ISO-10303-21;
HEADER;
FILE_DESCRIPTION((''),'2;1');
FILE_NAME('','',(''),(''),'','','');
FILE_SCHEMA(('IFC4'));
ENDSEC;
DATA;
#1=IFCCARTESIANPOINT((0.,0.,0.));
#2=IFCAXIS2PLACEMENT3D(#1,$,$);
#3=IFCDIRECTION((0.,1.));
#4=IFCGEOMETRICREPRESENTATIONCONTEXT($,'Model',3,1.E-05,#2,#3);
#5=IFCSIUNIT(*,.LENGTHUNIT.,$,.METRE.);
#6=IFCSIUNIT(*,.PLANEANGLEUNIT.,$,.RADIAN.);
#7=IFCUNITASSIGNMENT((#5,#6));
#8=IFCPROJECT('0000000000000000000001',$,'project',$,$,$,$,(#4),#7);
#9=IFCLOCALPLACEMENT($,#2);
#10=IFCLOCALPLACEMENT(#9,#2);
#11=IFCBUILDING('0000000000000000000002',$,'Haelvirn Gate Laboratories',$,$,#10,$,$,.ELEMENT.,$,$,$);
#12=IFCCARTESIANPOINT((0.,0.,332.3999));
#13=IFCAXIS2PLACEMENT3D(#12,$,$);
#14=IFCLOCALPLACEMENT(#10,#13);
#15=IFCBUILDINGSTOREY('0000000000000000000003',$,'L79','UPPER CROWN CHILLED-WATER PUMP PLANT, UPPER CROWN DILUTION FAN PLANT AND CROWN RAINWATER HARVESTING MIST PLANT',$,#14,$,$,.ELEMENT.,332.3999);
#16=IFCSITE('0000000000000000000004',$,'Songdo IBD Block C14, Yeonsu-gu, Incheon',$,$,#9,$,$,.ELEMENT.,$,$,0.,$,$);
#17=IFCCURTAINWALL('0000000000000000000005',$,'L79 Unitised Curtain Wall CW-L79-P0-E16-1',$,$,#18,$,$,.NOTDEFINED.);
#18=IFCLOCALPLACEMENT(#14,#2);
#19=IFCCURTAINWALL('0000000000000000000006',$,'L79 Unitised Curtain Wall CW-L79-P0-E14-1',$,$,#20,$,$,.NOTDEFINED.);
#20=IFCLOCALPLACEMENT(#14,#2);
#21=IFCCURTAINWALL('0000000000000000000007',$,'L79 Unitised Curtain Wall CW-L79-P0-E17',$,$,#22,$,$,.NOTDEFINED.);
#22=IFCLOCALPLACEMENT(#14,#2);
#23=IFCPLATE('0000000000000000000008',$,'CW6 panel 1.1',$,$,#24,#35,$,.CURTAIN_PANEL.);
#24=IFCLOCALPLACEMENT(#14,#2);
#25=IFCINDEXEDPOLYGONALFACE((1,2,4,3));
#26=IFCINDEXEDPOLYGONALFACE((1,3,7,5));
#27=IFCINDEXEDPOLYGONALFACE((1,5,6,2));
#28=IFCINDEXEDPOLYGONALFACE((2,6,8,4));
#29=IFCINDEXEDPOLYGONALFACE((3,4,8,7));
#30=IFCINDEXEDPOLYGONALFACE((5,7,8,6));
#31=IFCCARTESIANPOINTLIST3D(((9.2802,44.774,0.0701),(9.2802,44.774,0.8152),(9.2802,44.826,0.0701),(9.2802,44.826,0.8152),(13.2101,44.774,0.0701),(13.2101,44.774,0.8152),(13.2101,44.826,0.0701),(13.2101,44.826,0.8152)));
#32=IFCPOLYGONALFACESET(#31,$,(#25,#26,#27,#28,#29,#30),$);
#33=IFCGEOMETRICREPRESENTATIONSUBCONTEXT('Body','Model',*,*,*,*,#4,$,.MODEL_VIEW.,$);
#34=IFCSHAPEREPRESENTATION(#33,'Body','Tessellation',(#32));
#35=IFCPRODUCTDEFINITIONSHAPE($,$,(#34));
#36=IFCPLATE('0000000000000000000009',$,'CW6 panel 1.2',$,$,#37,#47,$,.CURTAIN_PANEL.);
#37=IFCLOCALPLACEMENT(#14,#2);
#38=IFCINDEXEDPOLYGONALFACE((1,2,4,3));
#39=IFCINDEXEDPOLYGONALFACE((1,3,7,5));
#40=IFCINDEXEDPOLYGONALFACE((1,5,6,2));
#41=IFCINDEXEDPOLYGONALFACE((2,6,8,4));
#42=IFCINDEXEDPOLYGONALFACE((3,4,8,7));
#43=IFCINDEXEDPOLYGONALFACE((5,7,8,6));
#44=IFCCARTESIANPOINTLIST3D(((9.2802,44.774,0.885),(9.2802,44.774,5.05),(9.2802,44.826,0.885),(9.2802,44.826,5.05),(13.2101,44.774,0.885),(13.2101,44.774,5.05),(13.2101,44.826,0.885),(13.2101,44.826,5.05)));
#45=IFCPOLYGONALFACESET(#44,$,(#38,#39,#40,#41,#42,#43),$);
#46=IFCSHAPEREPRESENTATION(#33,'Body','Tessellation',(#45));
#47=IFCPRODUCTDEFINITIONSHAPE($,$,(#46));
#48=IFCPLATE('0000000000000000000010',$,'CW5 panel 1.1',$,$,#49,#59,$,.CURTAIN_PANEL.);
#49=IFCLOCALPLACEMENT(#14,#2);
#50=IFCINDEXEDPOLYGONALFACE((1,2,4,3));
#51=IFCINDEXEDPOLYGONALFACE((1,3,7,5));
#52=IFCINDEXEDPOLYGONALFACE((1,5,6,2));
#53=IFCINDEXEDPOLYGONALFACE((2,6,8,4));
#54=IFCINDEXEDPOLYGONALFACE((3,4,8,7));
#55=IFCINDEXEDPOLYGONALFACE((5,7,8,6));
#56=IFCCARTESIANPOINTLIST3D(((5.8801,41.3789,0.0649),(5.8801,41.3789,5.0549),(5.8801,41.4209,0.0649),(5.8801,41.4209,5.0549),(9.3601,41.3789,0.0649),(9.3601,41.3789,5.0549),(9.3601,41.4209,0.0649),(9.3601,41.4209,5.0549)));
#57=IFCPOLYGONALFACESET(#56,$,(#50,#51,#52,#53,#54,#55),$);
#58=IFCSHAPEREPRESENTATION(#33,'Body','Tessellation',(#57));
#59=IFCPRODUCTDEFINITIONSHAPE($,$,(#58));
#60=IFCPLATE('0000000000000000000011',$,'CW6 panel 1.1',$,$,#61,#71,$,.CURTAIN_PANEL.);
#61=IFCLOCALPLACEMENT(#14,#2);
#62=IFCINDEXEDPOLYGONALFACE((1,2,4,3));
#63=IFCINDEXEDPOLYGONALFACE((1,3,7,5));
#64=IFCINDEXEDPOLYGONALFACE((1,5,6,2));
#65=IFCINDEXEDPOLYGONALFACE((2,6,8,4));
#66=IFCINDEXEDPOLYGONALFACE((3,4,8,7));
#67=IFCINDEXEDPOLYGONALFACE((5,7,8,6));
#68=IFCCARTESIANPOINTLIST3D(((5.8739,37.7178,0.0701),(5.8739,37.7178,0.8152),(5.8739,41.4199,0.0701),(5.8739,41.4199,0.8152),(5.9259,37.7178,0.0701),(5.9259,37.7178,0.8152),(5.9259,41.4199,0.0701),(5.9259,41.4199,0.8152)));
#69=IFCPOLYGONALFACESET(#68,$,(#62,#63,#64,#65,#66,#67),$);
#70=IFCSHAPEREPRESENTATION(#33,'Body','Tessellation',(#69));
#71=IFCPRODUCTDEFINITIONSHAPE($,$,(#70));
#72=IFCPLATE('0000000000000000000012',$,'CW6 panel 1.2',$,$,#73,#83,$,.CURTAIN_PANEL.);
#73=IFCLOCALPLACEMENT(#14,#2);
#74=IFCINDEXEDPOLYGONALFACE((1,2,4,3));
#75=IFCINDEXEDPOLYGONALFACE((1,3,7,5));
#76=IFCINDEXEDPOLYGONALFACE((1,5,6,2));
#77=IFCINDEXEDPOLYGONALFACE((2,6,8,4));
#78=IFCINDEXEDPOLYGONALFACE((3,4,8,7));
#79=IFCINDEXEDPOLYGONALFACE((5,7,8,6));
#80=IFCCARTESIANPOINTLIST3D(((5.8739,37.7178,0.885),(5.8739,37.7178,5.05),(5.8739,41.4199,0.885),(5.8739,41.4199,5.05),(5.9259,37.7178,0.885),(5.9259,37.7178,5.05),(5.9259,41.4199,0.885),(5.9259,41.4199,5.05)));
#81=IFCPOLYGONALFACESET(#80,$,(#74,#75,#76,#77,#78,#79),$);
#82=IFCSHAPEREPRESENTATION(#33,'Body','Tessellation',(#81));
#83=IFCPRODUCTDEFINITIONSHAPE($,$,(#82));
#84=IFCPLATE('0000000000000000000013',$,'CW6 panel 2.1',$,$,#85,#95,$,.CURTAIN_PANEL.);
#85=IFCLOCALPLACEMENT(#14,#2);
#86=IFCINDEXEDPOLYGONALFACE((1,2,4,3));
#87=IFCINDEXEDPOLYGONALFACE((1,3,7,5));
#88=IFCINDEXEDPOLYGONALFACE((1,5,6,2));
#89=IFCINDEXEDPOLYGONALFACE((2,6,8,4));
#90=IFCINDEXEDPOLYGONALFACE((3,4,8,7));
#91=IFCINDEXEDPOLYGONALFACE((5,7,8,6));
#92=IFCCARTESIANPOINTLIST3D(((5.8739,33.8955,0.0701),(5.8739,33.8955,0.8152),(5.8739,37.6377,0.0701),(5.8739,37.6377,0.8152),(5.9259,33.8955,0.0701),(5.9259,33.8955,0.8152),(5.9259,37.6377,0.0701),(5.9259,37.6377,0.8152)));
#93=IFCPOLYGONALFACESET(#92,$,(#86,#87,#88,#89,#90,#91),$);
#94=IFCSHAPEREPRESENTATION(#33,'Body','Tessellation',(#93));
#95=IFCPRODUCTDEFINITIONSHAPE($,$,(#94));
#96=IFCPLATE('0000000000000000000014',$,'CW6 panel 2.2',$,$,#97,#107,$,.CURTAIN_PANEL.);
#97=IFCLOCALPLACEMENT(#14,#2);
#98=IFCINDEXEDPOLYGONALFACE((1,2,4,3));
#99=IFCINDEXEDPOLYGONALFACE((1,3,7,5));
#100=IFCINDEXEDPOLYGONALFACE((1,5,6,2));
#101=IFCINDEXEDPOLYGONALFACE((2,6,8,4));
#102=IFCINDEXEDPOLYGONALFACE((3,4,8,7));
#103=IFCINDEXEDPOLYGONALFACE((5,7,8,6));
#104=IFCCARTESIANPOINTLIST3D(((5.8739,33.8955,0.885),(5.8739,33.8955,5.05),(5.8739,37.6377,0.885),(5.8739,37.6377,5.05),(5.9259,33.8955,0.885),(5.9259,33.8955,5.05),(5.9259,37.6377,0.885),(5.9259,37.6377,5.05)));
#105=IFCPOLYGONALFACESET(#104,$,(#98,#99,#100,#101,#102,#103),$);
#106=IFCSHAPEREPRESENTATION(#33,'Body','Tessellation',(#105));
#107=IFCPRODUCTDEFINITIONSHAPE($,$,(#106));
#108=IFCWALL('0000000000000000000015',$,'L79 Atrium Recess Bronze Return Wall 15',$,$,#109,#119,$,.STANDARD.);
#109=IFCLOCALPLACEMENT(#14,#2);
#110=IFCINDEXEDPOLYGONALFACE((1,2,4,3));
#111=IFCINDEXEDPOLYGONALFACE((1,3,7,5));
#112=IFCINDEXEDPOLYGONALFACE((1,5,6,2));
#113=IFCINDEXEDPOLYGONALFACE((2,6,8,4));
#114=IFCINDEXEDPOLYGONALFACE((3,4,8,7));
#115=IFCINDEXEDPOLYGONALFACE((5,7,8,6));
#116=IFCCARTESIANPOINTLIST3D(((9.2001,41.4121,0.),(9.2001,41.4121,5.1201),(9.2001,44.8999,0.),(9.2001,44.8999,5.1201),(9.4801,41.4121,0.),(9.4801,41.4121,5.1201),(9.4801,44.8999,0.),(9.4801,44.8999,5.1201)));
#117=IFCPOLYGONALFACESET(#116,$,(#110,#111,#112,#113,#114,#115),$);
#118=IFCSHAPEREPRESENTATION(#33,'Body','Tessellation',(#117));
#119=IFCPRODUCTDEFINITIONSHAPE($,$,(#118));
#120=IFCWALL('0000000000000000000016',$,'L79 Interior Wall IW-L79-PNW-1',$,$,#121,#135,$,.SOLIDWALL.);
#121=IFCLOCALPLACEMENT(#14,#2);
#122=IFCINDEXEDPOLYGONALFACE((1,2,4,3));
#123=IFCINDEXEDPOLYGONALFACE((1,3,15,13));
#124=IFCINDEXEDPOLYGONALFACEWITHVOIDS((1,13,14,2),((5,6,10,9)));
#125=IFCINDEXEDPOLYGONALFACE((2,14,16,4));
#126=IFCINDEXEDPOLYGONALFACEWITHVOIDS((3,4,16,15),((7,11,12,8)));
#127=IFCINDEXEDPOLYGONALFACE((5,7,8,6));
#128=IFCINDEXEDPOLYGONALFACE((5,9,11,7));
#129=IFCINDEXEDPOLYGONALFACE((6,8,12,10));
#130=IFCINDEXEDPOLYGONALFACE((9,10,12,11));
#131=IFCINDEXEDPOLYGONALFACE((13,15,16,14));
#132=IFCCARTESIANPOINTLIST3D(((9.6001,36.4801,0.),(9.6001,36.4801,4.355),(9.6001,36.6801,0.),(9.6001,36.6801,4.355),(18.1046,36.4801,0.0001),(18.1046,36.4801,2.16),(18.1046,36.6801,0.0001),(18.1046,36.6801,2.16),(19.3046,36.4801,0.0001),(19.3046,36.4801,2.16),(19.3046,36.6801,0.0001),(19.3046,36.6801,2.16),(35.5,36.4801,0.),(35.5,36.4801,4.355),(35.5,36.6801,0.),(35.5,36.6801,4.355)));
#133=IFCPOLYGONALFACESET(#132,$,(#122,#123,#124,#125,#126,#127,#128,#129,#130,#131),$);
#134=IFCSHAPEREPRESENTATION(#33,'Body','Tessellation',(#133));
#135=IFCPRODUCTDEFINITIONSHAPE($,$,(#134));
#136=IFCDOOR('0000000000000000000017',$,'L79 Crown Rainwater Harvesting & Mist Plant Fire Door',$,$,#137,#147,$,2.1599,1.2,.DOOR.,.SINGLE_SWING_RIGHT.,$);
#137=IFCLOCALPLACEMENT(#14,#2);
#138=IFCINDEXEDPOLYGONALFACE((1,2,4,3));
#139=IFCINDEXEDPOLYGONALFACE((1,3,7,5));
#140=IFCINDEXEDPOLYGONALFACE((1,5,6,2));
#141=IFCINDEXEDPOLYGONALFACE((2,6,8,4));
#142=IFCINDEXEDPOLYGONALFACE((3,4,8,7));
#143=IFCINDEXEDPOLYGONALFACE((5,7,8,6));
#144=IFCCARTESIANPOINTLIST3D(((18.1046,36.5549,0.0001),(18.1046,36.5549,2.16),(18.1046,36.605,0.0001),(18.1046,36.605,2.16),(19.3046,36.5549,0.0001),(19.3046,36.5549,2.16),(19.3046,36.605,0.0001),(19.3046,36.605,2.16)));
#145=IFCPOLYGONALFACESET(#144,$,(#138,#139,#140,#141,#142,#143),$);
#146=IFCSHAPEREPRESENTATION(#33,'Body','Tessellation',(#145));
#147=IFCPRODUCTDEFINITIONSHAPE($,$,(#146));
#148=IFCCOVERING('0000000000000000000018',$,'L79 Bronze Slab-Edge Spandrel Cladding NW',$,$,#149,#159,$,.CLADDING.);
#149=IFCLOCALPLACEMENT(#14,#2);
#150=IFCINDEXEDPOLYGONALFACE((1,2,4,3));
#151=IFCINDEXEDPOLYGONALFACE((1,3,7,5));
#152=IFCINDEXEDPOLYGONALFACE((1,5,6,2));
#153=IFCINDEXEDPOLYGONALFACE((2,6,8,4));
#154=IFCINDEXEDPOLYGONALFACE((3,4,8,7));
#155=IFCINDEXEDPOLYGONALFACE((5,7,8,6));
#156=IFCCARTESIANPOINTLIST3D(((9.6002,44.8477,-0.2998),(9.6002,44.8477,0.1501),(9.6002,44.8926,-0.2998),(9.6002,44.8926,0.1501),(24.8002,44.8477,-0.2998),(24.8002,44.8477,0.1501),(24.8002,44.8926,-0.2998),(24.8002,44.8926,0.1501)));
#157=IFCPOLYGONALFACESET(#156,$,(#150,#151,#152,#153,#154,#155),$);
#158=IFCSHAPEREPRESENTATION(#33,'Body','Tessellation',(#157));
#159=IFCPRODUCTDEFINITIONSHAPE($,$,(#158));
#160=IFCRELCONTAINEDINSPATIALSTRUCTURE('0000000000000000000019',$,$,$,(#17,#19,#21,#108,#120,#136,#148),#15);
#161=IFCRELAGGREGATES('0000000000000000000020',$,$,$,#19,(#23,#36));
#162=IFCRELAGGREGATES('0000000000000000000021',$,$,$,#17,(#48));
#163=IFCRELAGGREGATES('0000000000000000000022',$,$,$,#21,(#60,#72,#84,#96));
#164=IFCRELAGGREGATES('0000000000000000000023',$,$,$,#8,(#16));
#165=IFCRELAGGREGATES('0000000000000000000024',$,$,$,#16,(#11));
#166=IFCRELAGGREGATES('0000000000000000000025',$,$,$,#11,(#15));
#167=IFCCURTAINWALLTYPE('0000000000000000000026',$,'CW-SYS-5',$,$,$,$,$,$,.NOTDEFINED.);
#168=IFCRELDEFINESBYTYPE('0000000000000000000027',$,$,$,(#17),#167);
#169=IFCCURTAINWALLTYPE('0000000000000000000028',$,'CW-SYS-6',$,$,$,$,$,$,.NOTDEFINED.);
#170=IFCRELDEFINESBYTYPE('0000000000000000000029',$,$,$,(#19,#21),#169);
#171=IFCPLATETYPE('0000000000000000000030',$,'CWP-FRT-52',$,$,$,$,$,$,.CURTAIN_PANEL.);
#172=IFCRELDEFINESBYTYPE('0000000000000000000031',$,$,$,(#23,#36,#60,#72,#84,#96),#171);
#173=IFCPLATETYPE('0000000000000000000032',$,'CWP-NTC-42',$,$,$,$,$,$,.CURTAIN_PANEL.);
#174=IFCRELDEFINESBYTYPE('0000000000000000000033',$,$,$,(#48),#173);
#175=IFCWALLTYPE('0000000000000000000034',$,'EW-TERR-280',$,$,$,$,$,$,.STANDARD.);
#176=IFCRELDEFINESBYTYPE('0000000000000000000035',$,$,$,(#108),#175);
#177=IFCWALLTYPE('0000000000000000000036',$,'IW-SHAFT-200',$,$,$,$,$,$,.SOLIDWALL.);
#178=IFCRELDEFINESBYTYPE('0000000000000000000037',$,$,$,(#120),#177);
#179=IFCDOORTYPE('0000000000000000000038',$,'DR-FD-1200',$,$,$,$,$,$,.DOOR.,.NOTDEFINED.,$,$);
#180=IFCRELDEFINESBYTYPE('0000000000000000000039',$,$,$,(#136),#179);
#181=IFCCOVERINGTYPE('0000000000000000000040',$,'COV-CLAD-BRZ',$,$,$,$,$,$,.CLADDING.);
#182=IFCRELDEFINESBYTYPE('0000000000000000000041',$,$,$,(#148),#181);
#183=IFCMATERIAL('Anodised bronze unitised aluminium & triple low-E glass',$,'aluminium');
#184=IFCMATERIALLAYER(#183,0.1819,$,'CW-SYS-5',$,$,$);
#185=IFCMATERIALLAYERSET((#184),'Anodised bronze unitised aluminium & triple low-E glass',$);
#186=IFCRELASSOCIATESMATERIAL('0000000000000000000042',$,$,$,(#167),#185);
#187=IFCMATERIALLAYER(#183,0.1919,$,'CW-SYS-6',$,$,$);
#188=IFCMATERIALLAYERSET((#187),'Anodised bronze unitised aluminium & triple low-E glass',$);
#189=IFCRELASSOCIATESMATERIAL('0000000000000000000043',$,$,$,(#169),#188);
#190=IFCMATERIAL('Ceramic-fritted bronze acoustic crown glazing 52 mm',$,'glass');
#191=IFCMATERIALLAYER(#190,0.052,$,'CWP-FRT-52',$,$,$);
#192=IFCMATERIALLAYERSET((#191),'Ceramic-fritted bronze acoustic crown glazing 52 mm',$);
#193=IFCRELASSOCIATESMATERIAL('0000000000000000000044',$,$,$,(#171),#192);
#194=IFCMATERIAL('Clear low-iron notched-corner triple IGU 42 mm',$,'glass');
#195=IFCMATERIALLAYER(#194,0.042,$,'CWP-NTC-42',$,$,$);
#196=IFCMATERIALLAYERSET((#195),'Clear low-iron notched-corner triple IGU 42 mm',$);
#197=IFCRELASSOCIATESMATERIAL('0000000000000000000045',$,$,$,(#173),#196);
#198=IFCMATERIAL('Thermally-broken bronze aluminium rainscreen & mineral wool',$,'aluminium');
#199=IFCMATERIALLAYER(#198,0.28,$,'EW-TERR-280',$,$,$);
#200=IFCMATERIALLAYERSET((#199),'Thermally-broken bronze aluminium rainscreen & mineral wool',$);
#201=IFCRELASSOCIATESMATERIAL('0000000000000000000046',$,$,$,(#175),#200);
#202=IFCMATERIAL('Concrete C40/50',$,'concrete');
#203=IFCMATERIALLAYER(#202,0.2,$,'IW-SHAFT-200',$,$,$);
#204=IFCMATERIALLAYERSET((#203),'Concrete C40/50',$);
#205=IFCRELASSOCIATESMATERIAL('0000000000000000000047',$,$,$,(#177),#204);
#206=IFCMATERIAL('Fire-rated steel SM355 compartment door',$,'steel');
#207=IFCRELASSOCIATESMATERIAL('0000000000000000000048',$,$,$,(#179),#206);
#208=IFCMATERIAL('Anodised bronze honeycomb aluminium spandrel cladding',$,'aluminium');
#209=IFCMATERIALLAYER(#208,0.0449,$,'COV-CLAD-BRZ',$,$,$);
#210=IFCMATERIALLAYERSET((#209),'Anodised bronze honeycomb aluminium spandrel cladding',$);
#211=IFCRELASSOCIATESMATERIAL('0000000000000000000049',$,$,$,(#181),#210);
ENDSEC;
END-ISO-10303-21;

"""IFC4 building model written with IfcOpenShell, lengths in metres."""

from ifc_helpers import new_model, si_unit, direction, frame, frame_2d, origin, origin_2d, place, context, subcontext, project, spatial, rectangle, extrude, source, transform, mapped, material, layer, layer_set, type_object, type_shapes, element, fill, aggregate, save


model = new_model("IFC4")

# Units and contexts
model_context = context("Model", 3, precision=1e-05, world=origin(), true_north=direction((0.0, 1.0)))
body_context = subcontext(model_context, "Body", "Model", "MODEL_VIEW")
ifc_project = project(units=[si_unit("LENGTHUNIT", "METRE"), si_unit("PLANEANGLEUNIT", "RADIAN")], contexts=[model_context])

# Site, building, storey
site_placement = place(None, origin())
site = spatial("IfcSite", under=ifc_project, at=site_placement, Name="Songdo IBD Block C14, Yeonsu-gu, Incheon", CompositionType="ELEMENT", RefElevation=0.0)
building_placement = place(site_placement, origin())
building = spatial("IfcBuilding", under=site, at=building_placement, Name="Haelvirn Gate Laboratories", CompositionType="ELEMENT")
storey_placement = place(building_placement, frame((0.0, 0.0, 332.3999)))
storey = spatial("IfcBuildingStorey", under=building, at=storey_placement, Name="L79", Description="UPPER CROWN CHILLED-WATER PUMP PLANT, UPPER CROWN DILUTION FAN PLANT AND CROWN RAINWATER HARVESTING MIST PLANT", CompositionType="ELEMENT", Elevation=332.3999)

# Curtain walls
ifc_material_1 = material(Name="Anodised bronze unitised aluminium & triple low-E glass", Category="aluminium")
ifc_layer_1 = layer(ifc_material_1, 0.1819, Name="CW-SYS-5")
ifc_layer_set_1 = layer_set([ifc_layer_1], Name="Anodised bronze unitised aluminium & triple low-E glass")
curtain_wall_type_1 = type_object("IfcCurtainWallType", Name="CW-SYS-5", PredefinedType="NOTDEFINED", material=ifc_layer_set_1)
curtain_wall_1_placement = place(storey_placement, origin())
curtain_wall_1 = element("IfcCurtainWall", 1, at=curtain_wall_1_placement, inside=storey, type_object=curtain_wall_type_1, Name="L79 Unitised Curtain Wall CW-L79-P0-E16-1", PredefinedType="NOTDEFINED")
ifc_layer_2 = layer(ifc_material_1, 0.1919, Name="CW-SYS-6")
ifc_layer_set_2 = layer_set([ifc_layer_2], Name="Anodised bronze unitised aluminium & triple low-E glass")
curtain_wall_type_2 = type_object("IfcCurtainWallType", Name="CW-SYS-6", PredefinedType="NOTDEFINED", material=ifc_layer_set_2)
curtain_wall_2_placement = place(storey_placement, origin())
curtain_wall_2 = element("IfcCurtainWall", 2, at=curtain_wall_2_placement, inside=storey, type_object=curtain_wall_type_2, Name="L79 Unitised Curtain Wall CW-L79-P0-E14-1", PredefinedType="NOTDEFINED")

# Curtain wall
curtain_wall_3_placement = place(storey_placement, origin())
curtain_wall_3 = element("IfcCurtainWall", 3, at=curtain_wall_3_placement, inside=storey, type_object=curtain_wall_type_2, Name="L79 Unitised Curtain Wall CW-L79-P0-E17", PredefinedType="NOTDEFINED")

# Plates
ifc_material_2 = material(Name="Ceramic-fritted bronze acoustic crown glazing 52 mm", Category="glass")
ifc_layer_3 = layer(ifc_material_2, 0.052, Name="CWP-FRT-52")
ifc_layer_set_3 = layer_set([ifc_layer_3], Name="Ceramic-fritted bronze acoustic crown glazing 52 mm")
plate_type_1 = type_object("IfcPlateType", Name="CWP-FRT-52", PredefinedType="CURTAIN_PANEL", material=ifc_layer_set_3)
shared_shape_1 = source(origin(), body_context, "Body", "SweptSolid", [
    extrude(rectangle(XDim=3.9299, YDim=0.052, at=origin_2d()), origin(), (0.0, 0.0, 1.0), 0.7451),
])
plate_1_placement = place(storey_placement, frame((11.2451, 44.8, 0.0701), z_axis=(0.0, 0.0, 1.0), x_axis=(1.0, 0.0, 0.0)))
plate_1 = element("IfcPlate", 4, at=plate_1_placement, type_object=plate_type_1, Name="CW6 panel 1.1", PredefinedType="CURTAIN_PANEL", context=body_context, shape_type="MappedRepresentation", body=[
    mapped(shared_shape_1, transform((0.0, 0.0, 0.0), scale=1.0)),
])
shared_shape_2 = source(origin(), body_context, "Body", "SweptSolid", [
    extrude(rectangle(XDim=3.9299, YDim=0.052, at=origin_2d()), origin(), (0.0, 0.0, 1.0), 4.165),
])
plate_2_placement = place(storey_placement, frame((11.2451, 44.8, 0.885), z_axis=(0.0, 0.0, 1.0), x_axis=(1.0, 0.0, 0.0)))
plate_2 = element("IfcPlate", 5, at=plate_2_placement, type_object=plate_type_1, Name="CW6 panel 1.2", PredefinedType="CURTAIN_PANEL", context=body_context, shape_type="MappedRepresentation", body=[
    mapped(shared_shape_2, transform((0.0, 0.0, 0.0), scale=1.0)),
])
aggregate(curtain_wall_2, [plate_1, plate_2])
ifc_material_3 = material(Name="Clear low-iron notched-corner triple IGU 42 mm", Category="glass")
ifc_layer_4 = layer(ifc_material_3, 0.042, Name="CWP-NTC-42")
ifc_layer_set_4 = layer_set([ifc_layer_4], Name="Clear low-iron notched-corner triple IGU 42 mm")
plate_type_2 = type_object("IfcPlateType", Name="CWP-NTC-42", PredefinedType="CURTAIN_PANEL", material=ifc_layer_set_4)
shared_shape_3 = source(origin(), body_context, "Body", "SweptSolid", [
    extrude(rectangle(XDim=3.48, YDim=0.042, at=origin_2d()), origin(), (0.0, 0.0, 1.0), 4.99),
])
type_shapes(plate_type_2, [shared_shape_3])
plate_3_placement = place(storey_placement, frame((7.6201, 41.3999, 0.0649), z_axis=(0.0, 0.0, 1.0), x_axis=(1.0, 0.0, 0.0)))
plate_3 = element("IfcPlate", 6, at=plate_3_placement, type_object=plate_type_2, Name="CW5 panel 1.1", PredefinedType="CURTAIN_PANEL", context=body_context, shape_type="MappedRepresentation", body=[
    mapped(shared_shape_3, transform((0.0, 0.0, 0.0), scale=1.0)),
])
aggregate(curtain_wall_1, [plate_3])
shared_shape_4 = source(origin(), body_context, "Body", "SweptSolid", [
    extrude(rectangle(XDim=3.7021, YDim=0.052, at=origin_2d()), origin(), (0.0, 0.0, 1.0), 0.7451),
])
plate_4_placement = place(storey_placement, frame((5.8999, 39.5688, 0.0701), z_axis=(0.0, 0.0, 1.0), x_axis=(0.0, -1.0, 0.0)))
plate_4 = element("IfcPlate", 7, at=plate_4_placement, type_object=plate_type_1, Name="CW6 panel 1.1", PredefinedType="CURTAIN_PANEL", context=body_context, shape_type="MappedRepresentation", body=[
    mapped(shared_shape_4, transform((0.0, 0.0, 0.0), scale=1.0)),
])
shared_shape_5 = source(origin(), body_context, "Body", "SweptSolid", [
    extrude(rectangle(XDim=3.7021, YDim=0.052, at=origin_2d()), origin(), (0.0, 0.0, 1.0), 4.165),
])
plate_5_placement = place(storey_placement, frame((5.8999, 39.5688, 0.885), z_axis=(0.0, 0.0, 1.0), x_axis=(0.0, -1.0, 0.0)))
plate_5 = element("IfcPlate", 8, at=plate_5_placement, type_object=plate_type_1, Name="CW6 panel 1.2", PredefinedType="CURTAIN_PANEL", context=body_context, shape_type="MappedRepresentation", body=[
    mapped(shared_shape_5, transform((0.0, 0.0, 0.0), scale=1.0)),
])
shared_shape_6 = source(origin(), body_context, "Body", "SweptSolid", [
    extrude(rectangle(XDim=3.7422, YDim=0.052, at=origin_2d()), origin(), (0.0, 0.0, 1.0), 0.7451),
])
plate_6_placement = place(storey_placement, frame((5.8999, 35.7666, 0.0701), z_axis=(0.0, 0.0, 1.0), x_axis=(0.0, -1.0, 0.0)))
plate_6 = element("IfcPlate", 9, at=plate_6_placement, type_object=plate_type_1, Name="CW6 panel 2.1", PredefinedType="CURTAIN_PANEL", context=body_context, shape_type="MappedRepresentation", body=[
    mapped(shared_shape_6, transform((0.0, 0.0, 0.0), scale=1.0)),
])
shared_shape_7 = source(origin(), body_context, "Body", "SweptSolid", [
    extrude(rectangle(XDim=3.7422, YDim=0.052, at=origin_2d()), origin(), (0.0, 0.0, 1.0), 4.165),
])
type_shapes(plate_type_1, [shared_shape_1, shared_shape_2, shared_shape_4, shared_shape_5, shared_shape_6, shared_shape_7])
plate_7_placement = place(storey_placement, frame((5.8999, 35.7666, 0.885), z_axis=(0.0, 0.0, 1.0), x_axis=(0.0, -1.0, 0.0)))
plate_7 = element("IfcPlate", 10, at=plate_7_placement, type_object=plate_type_1, Name="CW6 panel 2.2", PredefinedType="CURTAIN_PANEL", context=body_context, shape_type="MappedRepresentation", body=[
    mapped(shared_shape_7, transform((0.0, 0.0, 0.0), scale=1.0)),
])
aggregate(curtain_wall_3, [plate_4, plate_5, plate_6, plate_7])

# Wall
ifc_material_4 = material(Name="Thermally-broken bronze aluminium rainscreen & mineral wool", Category="aluminium")
ifc_layer_5 = layer(ifc_material_4, 0.28, Name="EW-TERR-280")
ifc_layer_set_5 = layer_set([ifc_layer_5], Name="Thermally-broken bronze aluminium rainscreen & mineral wool")
wall_type_1 = type_object("IfcWallType", Name="EW-TERR-280", PredefinedType="STANDARD", material=ifc_layer_set_5)
wall_1_placement = place(storey_placement, frame((9.3401, 44.8999, 0.0), z_axis=(0.0, 0.0, 1.0), x_axis=(0.0, -1.0, 0.0)))
element("IfcWall", 11, at=wall_1_placement, inside=storey, type_object=wall_type_1, Name="L79 Atrium Recess Bronze Return Wall 15", PredefinedType="STANDARD", context=body_context, shape_type="SweptSolid", body=[
    extrude(rectangle(XDim=3.4878, YDim=0.28, at=frame_2d((1.7439, 0.0))), origin(), (0.0, 0.0, 1.0), 5.1201),
])

# Wall, opening, door
ifc_material_5 = material(Name="Concrete C40/50", Category="concrete")
ifc_layer_6 = layer(ifc_material_5, 0.2, Name="IW-SHAFT-200")
ifc_layer_set_6 = layer_set([ifc_layer_6], Name="Concrete C40/50")
wall_type_2 = type_object("IfcWallType", Name="IW-SHAFT-200", PredefinedType="SOLIDWALL", material=ifc_layer_set_6)
wall_2_placement = place(storey_placement, frame((9.6001, 36.5801, 0.0), z_axis=(0.0, 0.0, 1.0), x_axis=(1.0, 0.0, 0.0)))
wall_2 = element("IfcWall", 12, at=wall_2_placement, inside=storey, type_object=wall_type_2, Name="L79 Interior Wall IW-L79-PNW-1", PredefinedType="SOLIDWALL", context=body_context, shape_type="SweptSolid", body=[
    extrude(rectangle(XDim=25.8999, YDim=0.2, at=frame_2d((12.95, 0.0))), origin(), (0.0, 0.0, 1.0), 4.355),
])
opening_placement = place(wall_2_placement, frame((8.5044, 0.0, 0.0)))
opening = element("IfcOpeningElement", 13, at=opening_placement, cuts=wall_2, PredefinedType="OPENING", context=body_context, shape_type="SweptSolid", body=[
    extrude(rectangle(XDim=1.2, YDim=2.1599, at=frame_2d((0.6001, 1.0801))), frame((0.0, 0.1099, 0.0), z_axis=(0.0, -1.0, 0.0), x_axis=(1.0, 0.0, 0.0)), (0.0, 0.0, 1.0), 0.22),
])
ifc_material_6 = material(Name="Fire-rated steel SM355 compartment door", Category="steel")
door_type = type_object("IfcDoorType", Name="DR-FD-1200", OperationType="NOTDEFINED", PredefinedType="DOOR", material=ifc_material_6)
shared_shape_8 = source(origin(), body_context, "Body", "SweptSolid", [
    extrude(rectangle(XDim=1.2, YDim=2.1599, at=frame_2d((0.6001, 1.0801))), frame((0.0, 0.0249, 0.0), z_axis=(0.0, -1.0, 0.0), x_axis=(1.0, 0.0, 0.0)), (0.0, 0.0, 1.0), 0.05),
])
type_shapes(door_type, [shared_shape_8])
door_placement = place(opening_placement, origin())
door = element("IfcDoor", 14, at=door_placement, inside=storey, type_object=door_type, Name="L79 Crown Rainwater Harvesting & Mist Plant Fire Door", OperationType="SINGLE_SWING_RIGHT", OverallHeight=2.1599, OverallWidth=1.2, PredefinedType="DOOR", context=body_context, shape_type="MappedRepresentation", body=[
    mapped(shared_shape_8, transform((0.0, 0.0, 0.0), scale=1.0)),
])
fill(opening, door)

# Covering
ifc_material_7 = material(Name="Anodised bronze honeycomb aluminium spandrel cladding", Category="aluminium")
ifc_layer_7 = layer(ifc_material_7, 0.0449, Name="COV-CLAD-BRZ")
ifc_layer_set_7 = layer_set([ifc_layer_7], Name="Anodised bronze honeycomb aluminium spandrel cladding")
covering_type = type_object("IfcCoveringType", Name="COV-CLAD-BRZ", PredefinedType="CLADDING", material=ifc_layer_set_7)
covering_placement = place(storey_placement, frame((9.6001, 44.8701, -0.2998), z_axis=(0.0, 0.0, 1.0), x_axis=(1.0, 0.0, 0.0)))
element("IfcCovering", 15, at=covering_placement, inside=storey, type_object=covering_type, Name="L79 Bronze Slab-Edge Spandrel Cladding NW", PredefinedType="CLADDING", context=body_context, shape_type="SweptSolid", body=[
    extrude(rectangle(XDim=15.2, YDim=0.0449, at=frame_2d((7.6001, 0.0))), origin(), (0.0, 0.0, 1.0), 0.45),
])

save(model, "model.ifc")
